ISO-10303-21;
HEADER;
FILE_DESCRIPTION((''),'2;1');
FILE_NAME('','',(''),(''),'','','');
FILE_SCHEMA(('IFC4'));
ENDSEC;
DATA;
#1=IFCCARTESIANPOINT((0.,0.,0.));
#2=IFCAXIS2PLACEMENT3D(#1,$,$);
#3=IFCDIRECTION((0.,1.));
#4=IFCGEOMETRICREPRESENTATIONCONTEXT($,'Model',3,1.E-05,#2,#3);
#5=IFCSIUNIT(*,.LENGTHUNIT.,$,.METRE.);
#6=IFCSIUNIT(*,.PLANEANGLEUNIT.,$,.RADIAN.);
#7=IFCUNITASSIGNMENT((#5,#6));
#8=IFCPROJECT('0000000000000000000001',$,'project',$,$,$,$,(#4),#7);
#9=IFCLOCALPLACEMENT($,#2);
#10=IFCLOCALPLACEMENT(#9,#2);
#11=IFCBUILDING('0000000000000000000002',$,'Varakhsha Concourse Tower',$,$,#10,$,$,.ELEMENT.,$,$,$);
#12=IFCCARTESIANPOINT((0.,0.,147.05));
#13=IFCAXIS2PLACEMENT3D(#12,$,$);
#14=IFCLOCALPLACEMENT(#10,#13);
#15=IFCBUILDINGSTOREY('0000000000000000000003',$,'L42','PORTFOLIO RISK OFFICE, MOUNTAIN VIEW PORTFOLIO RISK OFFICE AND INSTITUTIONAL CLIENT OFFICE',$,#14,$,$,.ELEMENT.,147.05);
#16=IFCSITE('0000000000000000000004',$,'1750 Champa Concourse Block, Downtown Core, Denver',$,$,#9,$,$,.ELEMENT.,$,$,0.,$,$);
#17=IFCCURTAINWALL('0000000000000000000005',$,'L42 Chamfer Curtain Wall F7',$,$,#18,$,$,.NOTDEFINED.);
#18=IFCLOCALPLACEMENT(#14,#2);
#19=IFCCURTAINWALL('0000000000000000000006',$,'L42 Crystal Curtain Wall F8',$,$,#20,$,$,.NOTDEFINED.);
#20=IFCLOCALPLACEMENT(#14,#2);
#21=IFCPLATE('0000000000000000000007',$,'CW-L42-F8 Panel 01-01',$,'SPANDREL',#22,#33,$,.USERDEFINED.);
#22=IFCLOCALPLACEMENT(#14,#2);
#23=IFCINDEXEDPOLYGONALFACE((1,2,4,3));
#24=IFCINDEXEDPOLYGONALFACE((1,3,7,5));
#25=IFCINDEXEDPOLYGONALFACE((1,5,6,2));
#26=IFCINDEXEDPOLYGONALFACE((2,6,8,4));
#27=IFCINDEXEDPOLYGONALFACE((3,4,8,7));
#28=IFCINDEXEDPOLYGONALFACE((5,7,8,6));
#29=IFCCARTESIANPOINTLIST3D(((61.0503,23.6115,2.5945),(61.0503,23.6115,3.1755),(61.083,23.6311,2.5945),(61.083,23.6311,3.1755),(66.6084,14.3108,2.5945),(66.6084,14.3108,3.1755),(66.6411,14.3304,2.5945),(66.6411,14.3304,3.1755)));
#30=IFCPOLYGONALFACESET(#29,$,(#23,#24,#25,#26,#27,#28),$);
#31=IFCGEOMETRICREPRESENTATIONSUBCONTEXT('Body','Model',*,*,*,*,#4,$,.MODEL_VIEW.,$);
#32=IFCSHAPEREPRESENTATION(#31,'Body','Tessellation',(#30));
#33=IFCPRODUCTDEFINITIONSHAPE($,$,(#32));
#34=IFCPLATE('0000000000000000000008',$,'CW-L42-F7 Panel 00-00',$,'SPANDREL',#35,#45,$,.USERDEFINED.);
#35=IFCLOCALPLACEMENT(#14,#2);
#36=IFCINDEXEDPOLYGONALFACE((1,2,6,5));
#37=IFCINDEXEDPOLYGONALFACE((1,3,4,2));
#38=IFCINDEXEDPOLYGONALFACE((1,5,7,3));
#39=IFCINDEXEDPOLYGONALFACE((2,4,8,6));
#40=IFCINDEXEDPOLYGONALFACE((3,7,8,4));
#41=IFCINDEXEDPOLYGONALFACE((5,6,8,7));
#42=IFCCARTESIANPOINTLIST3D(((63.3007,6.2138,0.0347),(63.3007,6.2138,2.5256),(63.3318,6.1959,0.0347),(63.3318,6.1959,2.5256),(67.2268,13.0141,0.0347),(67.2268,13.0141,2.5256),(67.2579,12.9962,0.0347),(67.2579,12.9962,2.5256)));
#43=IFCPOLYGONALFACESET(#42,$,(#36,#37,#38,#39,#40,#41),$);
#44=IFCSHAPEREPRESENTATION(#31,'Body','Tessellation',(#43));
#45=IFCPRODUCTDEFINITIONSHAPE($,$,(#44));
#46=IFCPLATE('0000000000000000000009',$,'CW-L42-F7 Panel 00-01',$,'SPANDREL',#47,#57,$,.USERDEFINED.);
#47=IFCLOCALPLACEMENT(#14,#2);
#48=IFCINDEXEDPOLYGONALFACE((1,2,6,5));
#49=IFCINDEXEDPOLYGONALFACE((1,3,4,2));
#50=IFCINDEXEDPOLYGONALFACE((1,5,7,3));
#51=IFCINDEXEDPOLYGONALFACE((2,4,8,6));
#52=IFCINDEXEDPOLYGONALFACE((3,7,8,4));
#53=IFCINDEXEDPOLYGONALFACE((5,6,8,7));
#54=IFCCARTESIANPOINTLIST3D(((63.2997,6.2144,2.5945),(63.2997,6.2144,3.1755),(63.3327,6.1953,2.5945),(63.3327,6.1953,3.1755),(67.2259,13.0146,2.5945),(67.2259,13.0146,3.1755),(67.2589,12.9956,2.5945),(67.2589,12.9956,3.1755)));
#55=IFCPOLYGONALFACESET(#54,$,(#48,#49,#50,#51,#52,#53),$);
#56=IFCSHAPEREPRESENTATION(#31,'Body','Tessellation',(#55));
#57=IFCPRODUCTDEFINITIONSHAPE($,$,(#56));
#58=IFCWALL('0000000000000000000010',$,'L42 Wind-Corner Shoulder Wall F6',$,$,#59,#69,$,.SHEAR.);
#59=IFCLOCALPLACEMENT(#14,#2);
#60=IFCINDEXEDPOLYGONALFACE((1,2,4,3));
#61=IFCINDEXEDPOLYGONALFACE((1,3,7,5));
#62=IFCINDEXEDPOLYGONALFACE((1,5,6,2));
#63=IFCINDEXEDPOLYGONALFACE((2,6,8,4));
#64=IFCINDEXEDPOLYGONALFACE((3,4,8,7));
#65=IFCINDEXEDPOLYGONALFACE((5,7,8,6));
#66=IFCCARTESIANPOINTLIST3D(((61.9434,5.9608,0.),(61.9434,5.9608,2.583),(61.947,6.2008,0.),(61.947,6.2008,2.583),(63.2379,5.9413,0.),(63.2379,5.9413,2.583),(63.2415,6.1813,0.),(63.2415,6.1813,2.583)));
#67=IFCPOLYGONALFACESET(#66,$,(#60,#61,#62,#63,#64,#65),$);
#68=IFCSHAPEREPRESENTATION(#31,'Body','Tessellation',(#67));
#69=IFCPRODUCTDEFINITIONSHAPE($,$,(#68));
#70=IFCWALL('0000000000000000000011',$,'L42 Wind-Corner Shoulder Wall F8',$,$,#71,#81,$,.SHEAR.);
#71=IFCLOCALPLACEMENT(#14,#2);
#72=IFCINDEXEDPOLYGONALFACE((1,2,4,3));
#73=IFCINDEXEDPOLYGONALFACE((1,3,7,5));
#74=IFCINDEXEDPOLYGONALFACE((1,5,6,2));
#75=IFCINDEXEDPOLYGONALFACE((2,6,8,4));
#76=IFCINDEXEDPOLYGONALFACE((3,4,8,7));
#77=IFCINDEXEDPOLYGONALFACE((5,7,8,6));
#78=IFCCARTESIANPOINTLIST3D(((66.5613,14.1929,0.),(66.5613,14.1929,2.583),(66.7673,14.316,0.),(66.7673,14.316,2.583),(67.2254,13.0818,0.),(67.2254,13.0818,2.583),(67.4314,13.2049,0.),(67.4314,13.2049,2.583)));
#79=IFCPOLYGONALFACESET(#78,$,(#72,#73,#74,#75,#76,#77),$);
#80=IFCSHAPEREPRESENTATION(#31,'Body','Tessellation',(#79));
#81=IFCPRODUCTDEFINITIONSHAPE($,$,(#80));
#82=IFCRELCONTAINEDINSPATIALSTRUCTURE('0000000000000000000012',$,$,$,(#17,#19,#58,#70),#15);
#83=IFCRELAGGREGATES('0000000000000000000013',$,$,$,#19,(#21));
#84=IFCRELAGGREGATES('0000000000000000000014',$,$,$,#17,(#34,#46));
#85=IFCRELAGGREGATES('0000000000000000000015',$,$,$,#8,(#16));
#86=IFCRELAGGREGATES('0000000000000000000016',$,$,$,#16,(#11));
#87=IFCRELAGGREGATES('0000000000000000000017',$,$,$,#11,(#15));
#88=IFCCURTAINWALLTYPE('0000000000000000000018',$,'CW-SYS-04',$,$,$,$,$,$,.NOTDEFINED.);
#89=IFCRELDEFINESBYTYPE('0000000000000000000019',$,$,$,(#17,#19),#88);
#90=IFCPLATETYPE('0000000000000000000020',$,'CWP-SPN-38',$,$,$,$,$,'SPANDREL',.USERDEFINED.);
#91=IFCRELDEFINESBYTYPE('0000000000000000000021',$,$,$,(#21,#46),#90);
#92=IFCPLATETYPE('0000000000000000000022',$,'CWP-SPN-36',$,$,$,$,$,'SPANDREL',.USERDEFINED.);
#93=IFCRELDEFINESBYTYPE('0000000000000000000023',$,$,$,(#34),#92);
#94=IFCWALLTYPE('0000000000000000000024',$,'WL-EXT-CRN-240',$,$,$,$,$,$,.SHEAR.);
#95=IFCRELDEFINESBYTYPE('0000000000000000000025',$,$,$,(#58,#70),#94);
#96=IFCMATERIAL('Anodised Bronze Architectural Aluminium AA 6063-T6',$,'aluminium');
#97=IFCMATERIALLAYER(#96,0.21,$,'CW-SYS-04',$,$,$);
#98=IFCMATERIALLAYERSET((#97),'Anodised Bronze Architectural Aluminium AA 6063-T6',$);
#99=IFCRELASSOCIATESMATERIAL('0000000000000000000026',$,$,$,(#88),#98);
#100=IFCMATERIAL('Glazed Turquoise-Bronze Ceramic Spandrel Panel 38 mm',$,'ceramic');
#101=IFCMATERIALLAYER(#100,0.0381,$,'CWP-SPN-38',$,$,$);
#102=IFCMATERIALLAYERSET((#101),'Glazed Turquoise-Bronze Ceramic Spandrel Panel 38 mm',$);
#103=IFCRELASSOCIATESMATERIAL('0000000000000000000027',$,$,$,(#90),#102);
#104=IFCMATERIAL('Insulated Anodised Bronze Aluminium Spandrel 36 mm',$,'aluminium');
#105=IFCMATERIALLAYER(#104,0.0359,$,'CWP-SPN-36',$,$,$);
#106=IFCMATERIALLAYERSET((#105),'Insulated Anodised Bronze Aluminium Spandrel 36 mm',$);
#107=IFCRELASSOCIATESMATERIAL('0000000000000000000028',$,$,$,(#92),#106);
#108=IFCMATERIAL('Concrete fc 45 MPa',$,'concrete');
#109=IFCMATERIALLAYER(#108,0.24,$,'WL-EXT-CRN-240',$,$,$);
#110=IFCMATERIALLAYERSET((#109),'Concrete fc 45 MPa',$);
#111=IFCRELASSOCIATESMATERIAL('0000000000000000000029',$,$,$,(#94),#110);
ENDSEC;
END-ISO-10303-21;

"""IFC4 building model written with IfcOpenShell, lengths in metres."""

from ifc_helpers import new_model, si_unit, direction, frame, frame_2d, origin, origin_2d, place, context, subcontext, project, spatial, rectangle, extrude, source, transform, mapped, material, layer, layer_set, type_object, type_shapes, element, aggregate, save


model = new_model("IFC4")

# Units and contexts
model_context = context("Model", 3, precision=1e-05, world=origin(), true_north=direction((0.0, 1.0)))
body_context = subcontext(model_context, "Body", "Model", "MODEL_VIEW")
ifc_project = project(units=[si_unit("LENGTHUNIT", "METRE"), si_unit("PLANEANGLEUNIT", "RADIAN")], contexts=[model_context])

# Site, building, storey
site_placement = place(None, origin())
site = spatial("IfcSite", under=ifc_project, at=site_placement, Name="1750 Champa Concourse Block, Downtown Core, Denver", CompositionType="ELEMENT", RefElevation=0.0)
building_placement = place(site_placement, origin())
building = spatial("IfcBuilding", under=site, at=building_placement, Name="Varakhsha Concourse Tower", CompositionType="ELEMENT")
storey_placement = place(building_placement, frame((0.0, 0.0, 147.05)))
storey = spatial("IfcBuildingStorey", under=building, at=storey_placement, Name="L42", Description="PORTFOLIO RISK OFFICE, MOUNTAIN VIEW PORTFOLIO RISK OFFICE AND INSTITUTIONAL CLIENT OFFICE", CompositionType="ELEMENT", Elevation=147.05)

# Shared definitions
ifc_material_1 = material(Name="Anodised Bronze Architectural Aluminium AA 6063-T6", Category="aluminium")
ifc_layer_1 = layer(ifc_material_1, 0.21, Name="CW-SYS-04")
ifc_layer_set_1 = layer_set([ifc_layer_1], Name="Anodised Bronze Architectural Aluminium AA 6063-T6")
curtain_wall_type = type_object("IfcCurtainWallType", Name="CW-SYS-04", PredefinedType="NOTDEFINED", material=ifc_layer_set_1)

# Curtain wall
curtain_wall_1_placement = place(storey_placement, origin())
curtain_wall_1 = element("IfcCurtainWall", 1, at=curtain_wall_1_placement, inside=storey, type_object=curtain_wall_type, Name="L42 Chamfer Curtain Wall F7", PredefinedType="NOTDEFINED")

# Curtain wall
curtain_wall_2_placement = place(storey_placement, origin())
curtain_wall_2 = element("IfcCurtainWall", 2, at=curtain_wall_2_placement, inside=storey, type_object=curtain_wall_type, Name="L42 Crystal Curtain Wall F8", PredefinedType="NOTDEFINED")

# Plates
ifc_material_2 = material(Name="Glazed Turquoise-Bronze Ceramic Spandrel Panel 38 mm", Category="ceramic")
ifc_layer_2 = layer(ifc_material_2, 0.0381, Name="CWP-SPN-38")
ifc_layer_set_2 = layer_set([ifc_layer_2], Name="Glazed Turquoise-Bronze Ceramic Spandrel Panel 38 mm")
plate_type_1 = type_object("IfcPlateType", Name="CWP-SPN-38", ElementType="SPANDREL", PredefinedType="USERDEFINED", material=ifc_layer_set_2)
shared_shape_1 = source(origin(), body_context, "Body", "SweptSolid", [
    extrude(rectangle(XDim=10.835, YDim=0.0381, at=origin_2d()), origin(), (0.0, 0.0, 1.0), 0.5811),
])
plate_1_placement = place(storey_placement, frame((63.8457, 18.9709, 2.5945), z_axis=(0.0, 0.0, 1.0), x_axis=(0.512984, -0.858398, 0.0)))
plate_1 = element("IfcPlate", 3, at=plate_1_placement, type_object=plate_type_1, Name="CW-L42-F8 Panel 01-01", ObjectType="SPANDREL", PredefinedType="USERDEFINED", context=body_context, shape_type="MappedRepresentation", body=[
    mapped(shared_shape_1, transform((0.0, 0.0, 0.0), scale=1.0)),
])
aggregate(curtain_wall_2, [plate_1])
ifc_material_3 = material(Name="Insulated Anodised Bronze Aluminium Spandrel 36 mm", Category="aluminium")
ifc_layer_3 = layer(ifc_material_3, 0.0359, Name="CWP-SPN-36")
ifc_layer_set_3 = layer_set([ifc_layer_3], Name="Insulated Anodised Bronze Aluminium Spandrel 36 mm")
plate_type_2 = type_object("IfcPlateType", Name="CWP-SPN-36", ElementType="SPANDREL", PredefinedType="USERDEFINED", material=ifc_layer_set_3)
shared_shape_2 = source(origin(), body_context, "Body", "SweptSolid", [
    extrude(rectangle(XDim=7.8523, YDim=0.0359, at=origin_2d()), origin(), (0.0, 0.0, 1.0), 2.491),
])
type_shapes(plate_type_2, [shared_shape_2])
plate_2_placement = place(storey_placement, frame((65.2793, 9.605, 0.0347), z_axis=(0.0, 0.0, 1.0), x_axis=(-0.5, -0.866025, 0.0)))
plate_2 = element("IfcPlate", 4, at=plate_2_placement, type_object=plate_type_2, Name="CW-L42-F7 Panel 00-00", ObjectType="SPANDREL", PredefinedType="USERDEFINED", context=body_context, shape_type="MappedRepresentation", body=[
    mapped(shared_shape_2, transform((0.0, 0.0, 0.0), scale=1.0)),
])
shared_shape_3 = source(origin(), body_context, "Body", "SweptSolid", [
    extrude(rectangle(XDim=7.8523, YDim=0.0381, at=origin_2d()), origin(), (0.0, 0.0, 1.0), 0.5811),
])
type_shapes(plate_type_1, [shared_shape_1, shared_shape_3])
plate_3_placement = place(storey_placement, frame((65.2793, 9.605, 2.5945), z_axis=(0.0, 0.0, 1.0), x_axis=(-0.5, -0.866025, 0.0)))
plate_3 = element("IfcPlate", 5, at=plate_3_placement, type_object=plate_type_1, Name="CW-L42-F7 Panel 00-01", ObjectType="SPANDREL", PredefinedType="USERDEFINED", context=body_context, shape_type="MappedRepresentation", body=[
    mapped(shared_shape_3, transform((0.0, 0.0, 0.0), scale=1.0)),
])
aggregate(curtain_wall_1, [plate_2, plate_3])

# Walls
ifc_material_4 = material(Name="Concrete fc 45 MPa", Category="concrete")
ifc_layer_4 = layer(ifc_material_4, 0.24, Name="WL-EXT-CRN-240")
ifc_layer_set_4 = layer_set([ifc_layer_4], Name="Concrete fc 45 MPa")
wall_type = type_object("IfcWallType", Name="WL-EXT-CRN-240", PredefinedType="SHEAR", material=ifc_layer_set_4)
wall_1_placement = place(storey_placement, frame((61.9451, 6.0808, 0.0), z_axis=(0.0, 0.0, 1.0), x_axis=(0.999886, -0.015087, 0.0)))
element("IfcWall", 6, at=wall_1_placement, inside=storey, type_object=wall_type, Name="L42 Wind-Corner Shoulder Wall F6", PredefinedType="SHEAR", context=body_context, shape_type="SweptSolid", body=[
    extrude(rectangle(XDim=1.2947, YDim=0.24, at=frame_2d((0.6475, 0.0))), origin(), (0.0, 0.0, 1.0), 2.583),
])
wall_2_placement = place(storey_placement, frame((67.3284, 13.1433, 0.0), z_axis=(0.0, 0.0, 1.0), x_axis=(-0.513025, 0.858374, 0.0)))
element("IfcWall", 7, at=wall_2_placement, inside=storey, type_object=wall_type, Name="L42 Wind-Corner Shoulder Wall F8", PredefinedType="SHEAR", context=body_context, shape_type="SweptSolid", body=[
    extrude(rectangle(XDim=1.2944, YDim=0.24, at=frame_2d((0.6472, 0.0))), origin(), (0.0, 0.0, 1.0), 2.583),
])

save(model, "model.ifc")
